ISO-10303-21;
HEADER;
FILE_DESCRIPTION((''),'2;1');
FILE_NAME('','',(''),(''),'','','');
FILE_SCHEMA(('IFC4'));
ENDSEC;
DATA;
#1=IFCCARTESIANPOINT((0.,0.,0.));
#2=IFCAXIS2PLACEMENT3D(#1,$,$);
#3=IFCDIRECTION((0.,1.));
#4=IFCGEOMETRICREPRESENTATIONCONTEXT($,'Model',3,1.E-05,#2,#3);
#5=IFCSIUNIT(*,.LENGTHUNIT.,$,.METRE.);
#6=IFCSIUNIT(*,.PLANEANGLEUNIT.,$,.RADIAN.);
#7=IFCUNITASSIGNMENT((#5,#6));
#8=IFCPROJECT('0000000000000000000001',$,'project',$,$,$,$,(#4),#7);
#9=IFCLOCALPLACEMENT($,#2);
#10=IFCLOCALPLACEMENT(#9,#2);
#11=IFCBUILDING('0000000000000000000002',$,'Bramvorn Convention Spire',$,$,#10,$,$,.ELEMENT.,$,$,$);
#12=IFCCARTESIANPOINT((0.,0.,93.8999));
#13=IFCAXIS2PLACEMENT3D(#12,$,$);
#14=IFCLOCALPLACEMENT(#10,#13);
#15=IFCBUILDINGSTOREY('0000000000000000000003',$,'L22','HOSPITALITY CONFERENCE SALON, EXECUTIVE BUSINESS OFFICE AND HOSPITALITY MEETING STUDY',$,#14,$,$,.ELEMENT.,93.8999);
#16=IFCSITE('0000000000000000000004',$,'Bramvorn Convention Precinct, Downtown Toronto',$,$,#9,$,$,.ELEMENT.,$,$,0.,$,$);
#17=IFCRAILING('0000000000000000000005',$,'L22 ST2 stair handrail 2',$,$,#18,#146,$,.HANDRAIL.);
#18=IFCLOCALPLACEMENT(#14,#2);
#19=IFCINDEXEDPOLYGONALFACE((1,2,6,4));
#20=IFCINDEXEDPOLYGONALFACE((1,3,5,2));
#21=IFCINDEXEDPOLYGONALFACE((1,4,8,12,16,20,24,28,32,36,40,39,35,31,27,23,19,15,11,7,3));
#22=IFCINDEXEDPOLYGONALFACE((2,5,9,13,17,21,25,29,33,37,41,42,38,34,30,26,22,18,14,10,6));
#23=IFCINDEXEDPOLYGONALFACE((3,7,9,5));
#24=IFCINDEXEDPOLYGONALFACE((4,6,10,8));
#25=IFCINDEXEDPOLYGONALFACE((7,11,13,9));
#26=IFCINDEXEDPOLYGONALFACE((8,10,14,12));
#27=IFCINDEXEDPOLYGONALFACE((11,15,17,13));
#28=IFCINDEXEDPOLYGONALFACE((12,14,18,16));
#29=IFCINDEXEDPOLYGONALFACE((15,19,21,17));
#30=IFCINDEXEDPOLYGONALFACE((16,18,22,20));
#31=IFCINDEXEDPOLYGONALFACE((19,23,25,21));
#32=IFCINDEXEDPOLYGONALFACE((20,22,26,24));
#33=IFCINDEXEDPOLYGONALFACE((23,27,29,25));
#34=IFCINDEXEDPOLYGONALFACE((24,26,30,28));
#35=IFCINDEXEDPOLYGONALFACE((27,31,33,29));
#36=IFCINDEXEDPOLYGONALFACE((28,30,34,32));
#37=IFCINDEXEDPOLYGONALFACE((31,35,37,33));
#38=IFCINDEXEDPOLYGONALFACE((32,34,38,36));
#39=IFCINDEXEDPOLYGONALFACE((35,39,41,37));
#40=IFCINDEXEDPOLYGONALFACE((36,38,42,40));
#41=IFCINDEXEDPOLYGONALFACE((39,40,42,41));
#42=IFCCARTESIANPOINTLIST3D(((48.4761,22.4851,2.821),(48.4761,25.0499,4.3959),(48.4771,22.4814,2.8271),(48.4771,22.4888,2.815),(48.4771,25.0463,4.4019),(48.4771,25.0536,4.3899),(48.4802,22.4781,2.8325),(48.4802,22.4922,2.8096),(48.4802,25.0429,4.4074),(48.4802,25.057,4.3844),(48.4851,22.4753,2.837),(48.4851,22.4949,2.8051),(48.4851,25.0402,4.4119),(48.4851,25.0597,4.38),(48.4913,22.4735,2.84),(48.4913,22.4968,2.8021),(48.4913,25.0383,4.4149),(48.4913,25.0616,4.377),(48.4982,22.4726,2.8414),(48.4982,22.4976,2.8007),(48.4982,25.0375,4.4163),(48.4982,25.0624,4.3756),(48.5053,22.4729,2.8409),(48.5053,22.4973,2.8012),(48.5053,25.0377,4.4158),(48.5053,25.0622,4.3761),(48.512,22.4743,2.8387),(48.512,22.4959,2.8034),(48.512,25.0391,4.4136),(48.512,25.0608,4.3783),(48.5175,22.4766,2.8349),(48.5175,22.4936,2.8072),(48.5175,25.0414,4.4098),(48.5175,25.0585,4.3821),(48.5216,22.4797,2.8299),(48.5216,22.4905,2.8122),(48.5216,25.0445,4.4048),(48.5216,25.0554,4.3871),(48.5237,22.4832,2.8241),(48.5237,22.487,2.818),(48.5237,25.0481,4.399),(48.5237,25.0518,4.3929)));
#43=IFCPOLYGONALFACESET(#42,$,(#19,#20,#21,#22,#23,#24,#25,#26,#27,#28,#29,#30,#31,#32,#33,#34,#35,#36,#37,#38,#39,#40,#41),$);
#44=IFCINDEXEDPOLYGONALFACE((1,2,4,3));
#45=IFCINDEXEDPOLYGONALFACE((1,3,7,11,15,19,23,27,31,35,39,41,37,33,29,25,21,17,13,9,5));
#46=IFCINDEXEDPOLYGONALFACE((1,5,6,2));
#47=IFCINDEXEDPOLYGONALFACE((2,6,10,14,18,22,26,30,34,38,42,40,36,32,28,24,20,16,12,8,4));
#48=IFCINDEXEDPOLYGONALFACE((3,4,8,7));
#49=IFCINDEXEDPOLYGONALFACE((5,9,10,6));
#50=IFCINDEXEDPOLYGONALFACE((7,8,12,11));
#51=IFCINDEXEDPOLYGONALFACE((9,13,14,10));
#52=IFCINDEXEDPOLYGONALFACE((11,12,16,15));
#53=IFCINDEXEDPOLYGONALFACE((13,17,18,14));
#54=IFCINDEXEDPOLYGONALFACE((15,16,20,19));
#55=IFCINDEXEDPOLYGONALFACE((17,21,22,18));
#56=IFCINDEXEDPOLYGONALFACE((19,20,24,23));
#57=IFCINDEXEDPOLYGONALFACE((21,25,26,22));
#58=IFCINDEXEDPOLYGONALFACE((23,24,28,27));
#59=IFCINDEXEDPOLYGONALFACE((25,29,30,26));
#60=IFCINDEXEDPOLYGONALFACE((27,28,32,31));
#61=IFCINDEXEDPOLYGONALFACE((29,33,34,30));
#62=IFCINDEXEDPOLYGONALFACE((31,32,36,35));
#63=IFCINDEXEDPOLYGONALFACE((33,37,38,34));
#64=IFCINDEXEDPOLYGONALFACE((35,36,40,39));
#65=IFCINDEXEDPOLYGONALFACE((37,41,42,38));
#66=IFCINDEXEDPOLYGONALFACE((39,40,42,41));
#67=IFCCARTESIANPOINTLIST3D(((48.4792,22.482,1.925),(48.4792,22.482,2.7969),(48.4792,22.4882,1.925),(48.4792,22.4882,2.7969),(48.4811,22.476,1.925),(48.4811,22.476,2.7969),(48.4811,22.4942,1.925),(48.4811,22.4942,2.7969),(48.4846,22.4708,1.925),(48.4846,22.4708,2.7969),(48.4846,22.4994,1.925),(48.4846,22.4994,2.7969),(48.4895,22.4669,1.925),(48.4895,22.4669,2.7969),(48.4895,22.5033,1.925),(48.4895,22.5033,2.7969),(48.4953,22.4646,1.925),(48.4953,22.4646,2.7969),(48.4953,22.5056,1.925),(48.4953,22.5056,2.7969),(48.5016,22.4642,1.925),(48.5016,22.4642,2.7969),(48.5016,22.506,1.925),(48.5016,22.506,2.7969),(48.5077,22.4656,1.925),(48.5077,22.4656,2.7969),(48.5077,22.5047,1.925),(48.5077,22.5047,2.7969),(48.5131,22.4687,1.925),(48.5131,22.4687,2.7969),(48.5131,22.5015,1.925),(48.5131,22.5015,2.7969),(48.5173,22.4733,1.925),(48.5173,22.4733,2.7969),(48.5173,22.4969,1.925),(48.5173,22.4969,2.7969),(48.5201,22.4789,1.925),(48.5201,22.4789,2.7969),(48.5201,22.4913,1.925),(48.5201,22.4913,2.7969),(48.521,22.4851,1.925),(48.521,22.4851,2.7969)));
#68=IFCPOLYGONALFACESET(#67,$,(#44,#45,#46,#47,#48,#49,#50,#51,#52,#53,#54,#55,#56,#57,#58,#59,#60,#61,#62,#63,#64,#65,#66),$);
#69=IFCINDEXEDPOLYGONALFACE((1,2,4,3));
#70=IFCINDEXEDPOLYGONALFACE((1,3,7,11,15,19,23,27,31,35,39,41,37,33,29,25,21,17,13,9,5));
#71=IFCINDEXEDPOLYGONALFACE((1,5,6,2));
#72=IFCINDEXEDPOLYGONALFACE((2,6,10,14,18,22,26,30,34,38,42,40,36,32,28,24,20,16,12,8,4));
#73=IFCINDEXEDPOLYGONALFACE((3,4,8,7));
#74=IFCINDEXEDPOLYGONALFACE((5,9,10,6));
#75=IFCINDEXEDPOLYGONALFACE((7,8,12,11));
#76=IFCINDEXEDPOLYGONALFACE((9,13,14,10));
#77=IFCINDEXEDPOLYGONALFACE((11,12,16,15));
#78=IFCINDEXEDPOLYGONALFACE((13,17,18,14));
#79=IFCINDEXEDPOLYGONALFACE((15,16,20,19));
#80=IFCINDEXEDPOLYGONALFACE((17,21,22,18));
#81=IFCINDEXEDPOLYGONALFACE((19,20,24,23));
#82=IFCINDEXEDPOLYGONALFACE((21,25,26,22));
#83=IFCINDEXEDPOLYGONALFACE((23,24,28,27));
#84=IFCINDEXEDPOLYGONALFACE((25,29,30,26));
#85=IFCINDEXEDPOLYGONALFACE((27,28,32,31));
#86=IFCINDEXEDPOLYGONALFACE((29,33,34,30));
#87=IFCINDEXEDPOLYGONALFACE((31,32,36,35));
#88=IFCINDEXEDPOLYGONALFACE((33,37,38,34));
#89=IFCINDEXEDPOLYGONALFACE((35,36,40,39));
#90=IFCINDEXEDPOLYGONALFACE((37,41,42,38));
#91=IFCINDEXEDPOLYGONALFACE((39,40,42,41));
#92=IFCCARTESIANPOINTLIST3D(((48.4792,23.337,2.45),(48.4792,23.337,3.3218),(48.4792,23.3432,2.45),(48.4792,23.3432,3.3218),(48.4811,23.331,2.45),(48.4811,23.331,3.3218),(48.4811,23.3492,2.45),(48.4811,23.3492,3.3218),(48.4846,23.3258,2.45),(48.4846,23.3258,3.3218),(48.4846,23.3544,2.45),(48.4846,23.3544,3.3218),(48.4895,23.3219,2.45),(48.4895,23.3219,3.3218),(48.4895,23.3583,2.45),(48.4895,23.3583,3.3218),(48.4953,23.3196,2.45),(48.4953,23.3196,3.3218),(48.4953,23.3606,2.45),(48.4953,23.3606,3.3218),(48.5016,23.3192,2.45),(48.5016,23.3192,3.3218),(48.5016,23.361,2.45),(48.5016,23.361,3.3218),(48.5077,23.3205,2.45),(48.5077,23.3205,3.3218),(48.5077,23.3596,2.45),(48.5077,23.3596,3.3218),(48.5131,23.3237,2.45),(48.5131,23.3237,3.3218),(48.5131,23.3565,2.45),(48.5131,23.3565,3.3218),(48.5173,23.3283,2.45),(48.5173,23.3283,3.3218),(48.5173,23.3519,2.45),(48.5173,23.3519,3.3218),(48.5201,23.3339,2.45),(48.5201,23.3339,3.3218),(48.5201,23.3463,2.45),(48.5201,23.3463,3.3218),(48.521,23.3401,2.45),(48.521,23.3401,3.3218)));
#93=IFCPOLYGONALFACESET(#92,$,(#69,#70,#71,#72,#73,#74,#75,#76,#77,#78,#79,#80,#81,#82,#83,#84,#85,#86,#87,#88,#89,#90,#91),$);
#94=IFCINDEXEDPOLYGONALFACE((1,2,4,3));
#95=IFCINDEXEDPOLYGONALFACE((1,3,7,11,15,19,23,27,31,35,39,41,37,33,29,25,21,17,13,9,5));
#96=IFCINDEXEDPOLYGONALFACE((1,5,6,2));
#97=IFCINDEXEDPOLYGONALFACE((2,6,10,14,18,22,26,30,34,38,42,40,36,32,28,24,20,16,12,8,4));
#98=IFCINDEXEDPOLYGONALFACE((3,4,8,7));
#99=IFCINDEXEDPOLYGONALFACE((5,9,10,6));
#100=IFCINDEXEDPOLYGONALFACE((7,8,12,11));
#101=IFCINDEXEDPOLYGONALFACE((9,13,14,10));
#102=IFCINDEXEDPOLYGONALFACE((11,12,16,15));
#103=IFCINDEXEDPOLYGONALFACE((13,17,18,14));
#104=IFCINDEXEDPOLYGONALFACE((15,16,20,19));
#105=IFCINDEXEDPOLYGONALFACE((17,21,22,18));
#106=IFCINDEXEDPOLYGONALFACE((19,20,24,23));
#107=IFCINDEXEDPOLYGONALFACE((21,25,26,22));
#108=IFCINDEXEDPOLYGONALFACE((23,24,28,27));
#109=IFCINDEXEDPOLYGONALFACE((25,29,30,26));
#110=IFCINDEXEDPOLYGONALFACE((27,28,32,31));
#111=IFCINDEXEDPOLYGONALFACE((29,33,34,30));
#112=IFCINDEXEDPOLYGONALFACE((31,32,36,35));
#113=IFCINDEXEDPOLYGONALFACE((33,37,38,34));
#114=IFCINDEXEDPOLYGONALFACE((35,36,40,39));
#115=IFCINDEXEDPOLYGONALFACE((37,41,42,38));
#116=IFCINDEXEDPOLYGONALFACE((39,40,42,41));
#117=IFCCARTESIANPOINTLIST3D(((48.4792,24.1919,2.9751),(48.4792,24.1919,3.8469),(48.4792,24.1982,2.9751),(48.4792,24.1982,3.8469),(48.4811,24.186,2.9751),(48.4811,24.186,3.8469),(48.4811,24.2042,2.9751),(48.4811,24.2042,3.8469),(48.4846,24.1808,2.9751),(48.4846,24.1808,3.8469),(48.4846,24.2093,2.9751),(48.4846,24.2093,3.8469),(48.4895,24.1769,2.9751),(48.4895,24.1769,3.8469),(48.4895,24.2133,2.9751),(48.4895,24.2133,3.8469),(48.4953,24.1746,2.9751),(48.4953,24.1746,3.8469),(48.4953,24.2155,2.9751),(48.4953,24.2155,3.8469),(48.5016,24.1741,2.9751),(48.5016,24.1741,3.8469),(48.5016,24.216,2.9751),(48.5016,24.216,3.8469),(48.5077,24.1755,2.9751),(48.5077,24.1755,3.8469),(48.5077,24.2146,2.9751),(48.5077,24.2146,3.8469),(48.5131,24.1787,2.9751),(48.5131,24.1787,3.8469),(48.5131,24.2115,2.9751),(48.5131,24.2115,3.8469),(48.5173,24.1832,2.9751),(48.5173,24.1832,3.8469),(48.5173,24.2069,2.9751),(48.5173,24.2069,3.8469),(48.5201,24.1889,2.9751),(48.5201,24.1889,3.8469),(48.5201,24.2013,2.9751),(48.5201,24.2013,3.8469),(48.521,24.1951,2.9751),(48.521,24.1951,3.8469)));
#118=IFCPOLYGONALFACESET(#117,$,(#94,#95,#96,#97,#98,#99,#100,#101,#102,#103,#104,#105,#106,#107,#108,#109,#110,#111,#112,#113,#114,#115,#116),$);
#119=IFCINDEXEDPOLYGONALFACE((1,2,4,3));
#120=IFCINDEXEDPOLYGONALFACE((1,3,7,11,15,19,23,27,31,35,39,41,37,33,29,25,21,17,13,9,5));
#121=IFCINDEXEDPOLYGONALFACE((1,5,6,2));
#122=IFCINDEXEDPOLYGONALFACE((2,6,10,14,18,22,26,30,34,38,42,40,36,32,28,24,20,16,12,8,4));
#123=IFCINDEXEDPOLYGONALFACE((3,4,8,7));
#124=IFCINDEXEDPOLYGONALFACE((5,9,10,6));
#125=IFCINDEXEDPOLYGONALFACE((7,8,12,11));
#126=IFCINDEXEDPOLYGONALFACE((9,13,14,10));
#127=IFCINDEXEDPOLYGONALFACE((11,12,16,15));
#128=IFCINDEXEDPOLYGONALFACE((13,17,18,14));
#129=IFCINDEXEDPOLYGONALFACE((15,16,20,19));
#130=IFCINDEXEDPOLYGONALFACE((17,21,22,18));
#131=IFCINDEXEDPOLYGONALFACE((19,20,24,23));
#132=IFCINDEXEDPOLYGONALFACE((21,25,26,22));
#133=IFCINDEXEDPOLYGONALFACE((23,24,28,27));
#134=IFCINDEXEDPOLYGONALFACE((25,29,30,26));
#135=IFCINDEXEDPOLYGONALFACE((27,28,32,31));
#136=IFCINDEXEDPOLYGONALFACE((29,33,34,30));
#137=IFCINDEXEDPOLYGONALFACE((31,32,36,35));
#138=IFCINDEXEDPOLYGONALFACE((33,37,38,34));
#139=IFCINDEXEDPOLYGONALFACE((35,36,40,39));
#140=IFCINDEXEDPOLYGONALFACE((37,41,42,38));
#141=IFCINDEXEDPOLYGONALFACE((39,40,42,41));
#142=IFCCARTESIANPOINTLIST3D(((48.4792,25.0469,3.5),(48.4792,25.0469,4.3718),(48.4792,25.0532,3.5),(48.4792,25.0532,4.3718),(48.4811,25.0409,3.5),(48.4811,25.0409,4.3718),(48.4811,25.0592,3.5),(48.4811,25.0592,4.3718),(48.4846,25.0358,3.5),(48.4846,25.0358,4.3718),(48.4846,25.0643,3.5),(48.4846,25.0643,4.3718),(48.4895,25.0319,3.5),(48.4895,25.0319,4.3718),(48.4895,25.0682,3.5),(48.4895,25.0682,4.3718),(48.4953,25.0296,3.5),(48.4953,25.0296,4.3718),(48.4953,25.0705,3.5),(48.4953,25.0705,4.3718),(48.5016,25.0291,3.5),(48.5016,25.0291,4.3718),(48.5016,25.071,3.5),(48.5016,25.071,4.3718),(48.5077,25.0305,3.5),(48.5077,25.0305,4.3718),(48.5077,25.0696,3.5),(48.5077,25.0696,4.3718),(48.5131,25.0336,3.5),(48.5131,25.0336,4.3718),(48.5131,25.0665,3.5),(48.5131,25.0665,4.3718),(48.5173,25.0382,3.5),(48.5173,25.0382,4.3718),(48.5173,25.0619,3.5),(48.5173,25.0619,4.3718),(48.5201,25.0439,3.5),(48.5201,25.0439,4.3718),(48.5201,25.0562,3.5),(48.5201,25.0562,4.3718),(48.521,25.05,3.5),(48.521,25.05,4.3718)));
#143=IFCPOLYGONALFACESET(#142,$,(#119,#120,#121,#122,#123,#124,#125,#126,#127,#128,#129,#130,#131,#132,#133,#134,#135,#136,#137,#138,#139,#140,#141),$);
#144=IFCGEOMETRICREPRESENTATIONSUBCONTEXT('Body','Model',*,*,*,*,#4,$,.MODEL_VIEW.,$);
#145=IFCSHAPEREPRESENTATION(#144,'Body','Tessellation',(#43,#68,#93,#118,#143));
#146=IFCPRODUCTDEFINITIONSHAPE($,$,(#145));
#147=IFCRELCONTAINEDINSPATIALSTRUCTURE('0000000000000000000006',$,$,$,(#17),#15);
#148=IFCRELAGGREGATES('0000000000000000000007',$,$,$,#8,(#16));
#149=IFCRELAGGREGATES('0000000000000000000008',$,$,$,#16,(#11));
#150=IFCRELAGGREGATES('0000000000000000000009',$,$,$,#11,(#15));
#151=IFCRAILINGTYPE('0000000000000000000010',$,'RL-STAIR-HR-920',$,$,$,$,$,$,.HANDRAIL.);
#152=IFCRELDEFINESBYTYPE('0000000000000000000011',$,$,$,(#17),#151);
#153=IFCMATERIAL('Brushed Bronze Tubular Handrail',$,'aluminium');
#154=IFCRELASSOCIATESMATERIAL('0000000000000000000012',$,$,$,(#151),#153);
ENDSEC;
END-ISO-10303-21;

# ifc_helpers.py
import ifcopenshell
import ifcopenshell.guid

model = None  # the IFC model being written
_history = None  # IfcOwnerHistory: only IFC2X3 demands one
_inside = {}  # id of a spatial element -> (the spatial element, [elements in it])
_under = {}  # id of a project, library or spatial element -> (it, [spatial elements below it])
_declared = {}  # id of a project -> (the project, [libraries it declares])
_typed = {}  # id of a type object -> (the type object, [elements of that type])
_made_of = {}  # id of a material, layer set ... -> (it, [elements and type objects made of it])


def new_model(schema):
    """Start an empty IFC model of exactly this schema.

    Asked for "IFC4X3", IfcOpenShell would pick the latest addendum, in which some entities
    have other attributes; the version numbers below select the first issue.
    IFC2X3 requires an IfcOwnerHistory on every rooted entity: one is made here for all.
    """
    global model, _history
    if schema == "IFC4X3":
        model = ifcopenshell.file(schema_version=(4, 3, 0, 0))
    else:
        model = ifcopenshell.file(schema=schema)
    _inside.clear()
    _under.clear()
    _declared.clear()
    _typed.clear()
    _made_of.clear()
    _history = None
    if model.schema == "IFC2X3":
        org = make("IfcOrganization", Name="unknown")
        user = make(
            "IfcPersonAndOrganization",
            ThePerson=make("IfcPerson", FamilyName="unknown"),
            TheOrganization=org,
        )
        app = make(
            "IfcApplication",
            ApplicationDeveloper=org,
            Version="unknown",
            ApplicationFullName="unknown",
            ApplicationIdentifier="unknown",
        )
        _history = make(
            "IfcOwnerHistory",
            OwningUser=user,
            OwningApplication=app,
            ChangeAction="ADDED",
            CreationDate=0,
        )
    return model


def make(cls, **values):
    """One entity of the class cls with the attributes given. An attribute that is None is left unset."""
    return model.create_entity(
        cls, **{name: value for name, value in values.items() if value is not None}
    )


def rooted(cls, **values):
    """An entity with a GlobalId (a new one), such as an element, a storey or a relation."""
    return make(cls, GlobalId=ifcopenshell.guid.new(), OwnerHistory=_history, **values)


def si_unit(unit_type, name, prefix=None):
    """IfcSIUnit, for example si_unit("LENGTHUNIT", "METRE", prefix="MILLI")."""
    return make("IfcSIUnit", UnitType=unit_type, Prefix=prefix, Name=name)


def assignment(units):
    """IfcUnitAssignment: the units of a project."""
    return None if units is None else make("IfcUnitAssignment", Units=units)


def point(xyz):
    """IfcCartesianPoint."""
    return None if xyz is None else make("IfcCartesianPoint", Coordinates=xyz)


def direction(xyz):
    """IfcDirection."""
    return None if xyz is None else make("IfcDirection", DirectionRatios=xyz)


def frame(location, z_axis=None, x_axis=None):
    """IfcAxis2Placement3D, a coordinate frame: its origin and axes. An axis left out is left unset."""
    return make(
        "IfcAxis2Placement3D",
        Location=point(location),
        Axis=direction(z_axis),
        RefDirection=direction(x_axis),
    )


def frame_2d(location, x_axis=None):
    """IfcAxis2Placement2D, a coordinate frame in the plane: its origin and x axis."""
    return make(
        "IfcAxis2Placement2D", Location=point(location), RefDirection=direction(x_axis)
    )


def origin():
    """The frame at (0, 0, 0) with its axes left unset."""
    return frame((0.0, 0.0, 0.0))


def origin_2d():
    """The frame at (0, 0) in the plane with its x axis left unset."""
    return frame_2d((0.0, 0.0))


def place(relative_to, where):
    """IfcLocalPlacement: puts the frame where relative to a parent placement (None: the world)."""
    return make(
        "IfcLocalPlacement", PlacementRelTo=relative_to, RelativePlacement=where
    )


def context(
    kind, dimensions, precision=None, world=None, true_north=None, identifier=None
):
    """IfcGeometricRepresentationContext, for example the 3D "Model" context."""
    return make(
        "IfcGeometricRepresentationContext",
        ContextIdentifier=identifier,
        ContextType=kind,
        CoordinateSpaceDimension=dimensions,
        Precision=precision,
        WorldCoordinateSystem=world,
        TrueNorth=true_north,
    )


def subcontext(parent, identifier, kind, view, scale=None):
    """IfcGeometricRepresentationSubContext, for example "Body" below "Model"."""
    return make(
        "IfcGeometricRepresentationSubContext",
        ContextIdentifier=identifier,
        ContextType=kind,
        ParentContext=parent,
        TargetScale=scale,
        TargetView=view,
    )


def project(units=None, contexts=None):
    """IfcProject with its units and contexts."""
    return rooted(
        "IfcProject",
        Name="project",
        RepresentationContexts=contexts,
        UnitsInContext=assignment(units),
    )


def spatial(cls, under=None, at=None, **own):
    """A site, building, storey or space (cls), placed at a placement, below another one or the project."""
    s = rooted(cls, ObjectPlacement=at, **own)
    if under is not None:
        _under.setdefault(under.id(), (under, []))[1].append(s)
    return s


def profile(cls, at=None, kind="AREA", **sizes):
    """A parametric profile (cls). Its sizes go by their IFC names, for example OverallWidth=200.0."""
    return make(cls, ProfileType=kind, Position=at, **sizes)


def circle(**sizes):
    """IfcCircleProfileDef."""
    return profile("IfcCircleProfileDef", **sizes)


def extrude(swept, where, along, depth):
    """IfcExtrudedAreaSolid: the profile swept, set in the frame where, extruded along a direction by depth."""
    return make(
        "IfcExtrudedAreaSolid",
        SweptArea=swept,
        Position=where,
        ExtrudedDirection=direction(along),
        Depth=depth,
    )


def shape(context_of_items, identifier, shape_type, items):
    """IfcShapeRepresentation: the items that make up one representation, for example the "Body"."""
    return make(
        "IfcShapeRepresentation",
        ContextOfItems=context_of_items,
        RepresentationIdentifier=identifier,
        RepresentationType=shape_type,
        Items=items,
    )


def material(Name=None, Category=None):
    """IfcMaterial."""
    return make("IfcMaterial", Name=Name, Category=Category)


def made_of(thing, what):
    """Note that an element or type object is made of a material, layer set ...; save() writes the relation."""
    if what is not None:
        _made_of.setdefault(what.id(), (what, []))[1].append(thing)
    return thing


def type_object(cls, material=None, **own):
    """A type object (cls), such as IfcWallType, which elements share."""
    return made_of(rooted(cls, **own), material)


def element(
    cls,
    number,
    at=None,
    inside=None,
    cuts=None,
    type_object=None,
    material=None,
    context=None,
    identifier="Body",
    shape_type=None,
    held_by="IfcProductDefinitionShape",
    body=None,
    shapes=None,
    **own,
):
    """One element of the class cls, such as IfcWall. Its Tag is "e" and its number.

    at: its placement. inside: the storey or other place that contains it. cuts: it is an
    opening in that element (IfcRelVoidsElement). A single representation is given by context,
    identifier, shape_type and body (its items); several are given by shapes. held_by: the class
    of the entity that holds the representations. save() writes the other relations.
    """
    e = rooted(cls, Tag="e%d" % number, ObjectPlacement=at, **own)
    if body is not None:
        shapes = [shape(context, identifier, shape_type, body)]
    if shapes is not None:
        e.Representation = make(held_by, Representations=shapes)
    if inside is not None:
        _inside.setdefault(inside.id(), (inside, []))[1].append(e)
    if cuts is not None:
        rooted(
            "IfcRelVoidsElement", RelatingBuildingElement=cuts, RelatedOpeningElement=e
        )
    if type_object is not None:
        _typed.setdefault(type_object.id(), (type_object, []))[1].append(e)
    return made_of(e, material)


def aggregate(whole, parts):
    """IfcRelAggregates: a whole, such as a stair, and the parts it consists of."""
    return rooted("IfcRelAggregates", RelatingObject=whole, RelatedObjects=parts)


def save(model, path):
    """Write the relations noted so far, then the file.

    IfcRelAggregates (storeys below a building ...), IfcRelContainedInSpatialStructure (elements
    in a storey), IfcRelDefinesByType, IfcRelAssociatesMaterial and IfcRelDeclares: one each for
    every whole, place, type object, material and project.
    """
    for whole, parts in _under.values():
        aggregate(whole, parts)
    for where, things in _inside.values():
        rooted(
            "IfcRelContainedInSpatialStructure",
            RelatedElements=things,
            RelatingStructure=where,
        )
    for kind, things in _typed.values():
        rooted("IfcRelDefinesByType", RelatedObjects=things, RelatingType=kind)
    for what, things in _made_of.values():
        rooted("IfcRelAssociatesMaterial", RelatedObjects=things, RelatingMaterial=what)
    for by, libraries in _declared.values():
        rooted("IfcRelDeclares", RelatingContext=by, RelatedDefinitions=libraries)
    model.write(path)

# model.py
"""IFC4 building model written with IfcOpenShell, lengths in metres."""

from ifc_helpers import new_model, si_unit, direction, frame, origin, origin_2d, place, context, subcontext, project, spatial, circle, extrude, material, type_object, element, save


model = new_model("IFC4")

# Units and contexts
model_context = context("Model", 3, precision=1e-05, world=origin(), true_north=direction((0.0, 1.0)))
body_context = subcontext(model_context, "Body", "Model", "MODEL_VIEW")
ifc_project = project(units=[si_unit("LENGTHUNIT", "METRE"), si_unit("PLANEANGLEUNIT", "RADIAN")], contexts=[model_context])

# Site, building, storey
site_placement = place(None, origin())
site = spatial("IfcSite", under=ifc_project, at=site_placement, Name="Bramvorn Convention Precinct, Downtown Toronto", CompositionType="ELEMENT", RefElevation=0.0)
building_placement = place(site_placement, origin())
building = spatial("IfcBuilding", under=site, at=building_placement, Name="Bramvorn Convention Spire", CompositionType="ELEMENT")
storey_placement = place(building_placement, frame((0.0, 0.0, 93.8999)))
storey = spatial("IfcBuildingStorey", under=building, at=storey_placement, Name="L22", Description="HOSPITALITY CONFERENCE SALON, EXECUTIVE BUSINESS OFFICE AND HOSPITALITY MEETING STUDY", CompositionType="ELEMENT", Elevation=93.8999)

# Railing
ifc_material_1 = material(Name="Brushed Bronze Tubular Handrail", Category="aluminium")
railing_type_1 = type_object("IfcRailingType", Name="RL-STAIR-HR-920", PredefinedType="HANDRAIL", material=ifc_material_1)
railing_1_placement = place(storey_placement, frame((48.5, 22.4851, 1.925)))
element("IfcRailing", 1, at=railing_1_placement, inside=storey, type_object=railing_type_1, Name="L22 ST2 stair handrail 2", PredefinedType="HANDRAIL", context=body_context, shape_type="SweptSolid", body=[
    extrude(circle(Radius=0.0239, at=origin_2d()), frame((0.0, 0.0, 0.896), z_axis=(0.0, 0.852173, 0.52326), x_axis=(-1.0, 0.0, 0.0)), (0.0, 0.0, 1.0), 3.0098),
    extrude(circle(Radius=0.021, at=origin_2d()), origin(), (0.0, 0.0, 1.0), 0.8718),
    extrude(circle(Radius=0.021, at=origin_2d()), frame((0.0, 0.855, 0.5249)), (0.0, 0.0, 1.0), 0.8718),
    extrude(circle(Radius=0.021, at=origin_2d()), frame((0.0, 1.71, 1.05)), (0.0, 0.0, 1.0), 0.8718),
    extrude(circle(Radius=0.021, at=origin_2d()), frame((0.0, 2.5649, 1.575)), (0.0, 0.0, 1.0), 0.8718),
])

save(model, "model.ifc")
